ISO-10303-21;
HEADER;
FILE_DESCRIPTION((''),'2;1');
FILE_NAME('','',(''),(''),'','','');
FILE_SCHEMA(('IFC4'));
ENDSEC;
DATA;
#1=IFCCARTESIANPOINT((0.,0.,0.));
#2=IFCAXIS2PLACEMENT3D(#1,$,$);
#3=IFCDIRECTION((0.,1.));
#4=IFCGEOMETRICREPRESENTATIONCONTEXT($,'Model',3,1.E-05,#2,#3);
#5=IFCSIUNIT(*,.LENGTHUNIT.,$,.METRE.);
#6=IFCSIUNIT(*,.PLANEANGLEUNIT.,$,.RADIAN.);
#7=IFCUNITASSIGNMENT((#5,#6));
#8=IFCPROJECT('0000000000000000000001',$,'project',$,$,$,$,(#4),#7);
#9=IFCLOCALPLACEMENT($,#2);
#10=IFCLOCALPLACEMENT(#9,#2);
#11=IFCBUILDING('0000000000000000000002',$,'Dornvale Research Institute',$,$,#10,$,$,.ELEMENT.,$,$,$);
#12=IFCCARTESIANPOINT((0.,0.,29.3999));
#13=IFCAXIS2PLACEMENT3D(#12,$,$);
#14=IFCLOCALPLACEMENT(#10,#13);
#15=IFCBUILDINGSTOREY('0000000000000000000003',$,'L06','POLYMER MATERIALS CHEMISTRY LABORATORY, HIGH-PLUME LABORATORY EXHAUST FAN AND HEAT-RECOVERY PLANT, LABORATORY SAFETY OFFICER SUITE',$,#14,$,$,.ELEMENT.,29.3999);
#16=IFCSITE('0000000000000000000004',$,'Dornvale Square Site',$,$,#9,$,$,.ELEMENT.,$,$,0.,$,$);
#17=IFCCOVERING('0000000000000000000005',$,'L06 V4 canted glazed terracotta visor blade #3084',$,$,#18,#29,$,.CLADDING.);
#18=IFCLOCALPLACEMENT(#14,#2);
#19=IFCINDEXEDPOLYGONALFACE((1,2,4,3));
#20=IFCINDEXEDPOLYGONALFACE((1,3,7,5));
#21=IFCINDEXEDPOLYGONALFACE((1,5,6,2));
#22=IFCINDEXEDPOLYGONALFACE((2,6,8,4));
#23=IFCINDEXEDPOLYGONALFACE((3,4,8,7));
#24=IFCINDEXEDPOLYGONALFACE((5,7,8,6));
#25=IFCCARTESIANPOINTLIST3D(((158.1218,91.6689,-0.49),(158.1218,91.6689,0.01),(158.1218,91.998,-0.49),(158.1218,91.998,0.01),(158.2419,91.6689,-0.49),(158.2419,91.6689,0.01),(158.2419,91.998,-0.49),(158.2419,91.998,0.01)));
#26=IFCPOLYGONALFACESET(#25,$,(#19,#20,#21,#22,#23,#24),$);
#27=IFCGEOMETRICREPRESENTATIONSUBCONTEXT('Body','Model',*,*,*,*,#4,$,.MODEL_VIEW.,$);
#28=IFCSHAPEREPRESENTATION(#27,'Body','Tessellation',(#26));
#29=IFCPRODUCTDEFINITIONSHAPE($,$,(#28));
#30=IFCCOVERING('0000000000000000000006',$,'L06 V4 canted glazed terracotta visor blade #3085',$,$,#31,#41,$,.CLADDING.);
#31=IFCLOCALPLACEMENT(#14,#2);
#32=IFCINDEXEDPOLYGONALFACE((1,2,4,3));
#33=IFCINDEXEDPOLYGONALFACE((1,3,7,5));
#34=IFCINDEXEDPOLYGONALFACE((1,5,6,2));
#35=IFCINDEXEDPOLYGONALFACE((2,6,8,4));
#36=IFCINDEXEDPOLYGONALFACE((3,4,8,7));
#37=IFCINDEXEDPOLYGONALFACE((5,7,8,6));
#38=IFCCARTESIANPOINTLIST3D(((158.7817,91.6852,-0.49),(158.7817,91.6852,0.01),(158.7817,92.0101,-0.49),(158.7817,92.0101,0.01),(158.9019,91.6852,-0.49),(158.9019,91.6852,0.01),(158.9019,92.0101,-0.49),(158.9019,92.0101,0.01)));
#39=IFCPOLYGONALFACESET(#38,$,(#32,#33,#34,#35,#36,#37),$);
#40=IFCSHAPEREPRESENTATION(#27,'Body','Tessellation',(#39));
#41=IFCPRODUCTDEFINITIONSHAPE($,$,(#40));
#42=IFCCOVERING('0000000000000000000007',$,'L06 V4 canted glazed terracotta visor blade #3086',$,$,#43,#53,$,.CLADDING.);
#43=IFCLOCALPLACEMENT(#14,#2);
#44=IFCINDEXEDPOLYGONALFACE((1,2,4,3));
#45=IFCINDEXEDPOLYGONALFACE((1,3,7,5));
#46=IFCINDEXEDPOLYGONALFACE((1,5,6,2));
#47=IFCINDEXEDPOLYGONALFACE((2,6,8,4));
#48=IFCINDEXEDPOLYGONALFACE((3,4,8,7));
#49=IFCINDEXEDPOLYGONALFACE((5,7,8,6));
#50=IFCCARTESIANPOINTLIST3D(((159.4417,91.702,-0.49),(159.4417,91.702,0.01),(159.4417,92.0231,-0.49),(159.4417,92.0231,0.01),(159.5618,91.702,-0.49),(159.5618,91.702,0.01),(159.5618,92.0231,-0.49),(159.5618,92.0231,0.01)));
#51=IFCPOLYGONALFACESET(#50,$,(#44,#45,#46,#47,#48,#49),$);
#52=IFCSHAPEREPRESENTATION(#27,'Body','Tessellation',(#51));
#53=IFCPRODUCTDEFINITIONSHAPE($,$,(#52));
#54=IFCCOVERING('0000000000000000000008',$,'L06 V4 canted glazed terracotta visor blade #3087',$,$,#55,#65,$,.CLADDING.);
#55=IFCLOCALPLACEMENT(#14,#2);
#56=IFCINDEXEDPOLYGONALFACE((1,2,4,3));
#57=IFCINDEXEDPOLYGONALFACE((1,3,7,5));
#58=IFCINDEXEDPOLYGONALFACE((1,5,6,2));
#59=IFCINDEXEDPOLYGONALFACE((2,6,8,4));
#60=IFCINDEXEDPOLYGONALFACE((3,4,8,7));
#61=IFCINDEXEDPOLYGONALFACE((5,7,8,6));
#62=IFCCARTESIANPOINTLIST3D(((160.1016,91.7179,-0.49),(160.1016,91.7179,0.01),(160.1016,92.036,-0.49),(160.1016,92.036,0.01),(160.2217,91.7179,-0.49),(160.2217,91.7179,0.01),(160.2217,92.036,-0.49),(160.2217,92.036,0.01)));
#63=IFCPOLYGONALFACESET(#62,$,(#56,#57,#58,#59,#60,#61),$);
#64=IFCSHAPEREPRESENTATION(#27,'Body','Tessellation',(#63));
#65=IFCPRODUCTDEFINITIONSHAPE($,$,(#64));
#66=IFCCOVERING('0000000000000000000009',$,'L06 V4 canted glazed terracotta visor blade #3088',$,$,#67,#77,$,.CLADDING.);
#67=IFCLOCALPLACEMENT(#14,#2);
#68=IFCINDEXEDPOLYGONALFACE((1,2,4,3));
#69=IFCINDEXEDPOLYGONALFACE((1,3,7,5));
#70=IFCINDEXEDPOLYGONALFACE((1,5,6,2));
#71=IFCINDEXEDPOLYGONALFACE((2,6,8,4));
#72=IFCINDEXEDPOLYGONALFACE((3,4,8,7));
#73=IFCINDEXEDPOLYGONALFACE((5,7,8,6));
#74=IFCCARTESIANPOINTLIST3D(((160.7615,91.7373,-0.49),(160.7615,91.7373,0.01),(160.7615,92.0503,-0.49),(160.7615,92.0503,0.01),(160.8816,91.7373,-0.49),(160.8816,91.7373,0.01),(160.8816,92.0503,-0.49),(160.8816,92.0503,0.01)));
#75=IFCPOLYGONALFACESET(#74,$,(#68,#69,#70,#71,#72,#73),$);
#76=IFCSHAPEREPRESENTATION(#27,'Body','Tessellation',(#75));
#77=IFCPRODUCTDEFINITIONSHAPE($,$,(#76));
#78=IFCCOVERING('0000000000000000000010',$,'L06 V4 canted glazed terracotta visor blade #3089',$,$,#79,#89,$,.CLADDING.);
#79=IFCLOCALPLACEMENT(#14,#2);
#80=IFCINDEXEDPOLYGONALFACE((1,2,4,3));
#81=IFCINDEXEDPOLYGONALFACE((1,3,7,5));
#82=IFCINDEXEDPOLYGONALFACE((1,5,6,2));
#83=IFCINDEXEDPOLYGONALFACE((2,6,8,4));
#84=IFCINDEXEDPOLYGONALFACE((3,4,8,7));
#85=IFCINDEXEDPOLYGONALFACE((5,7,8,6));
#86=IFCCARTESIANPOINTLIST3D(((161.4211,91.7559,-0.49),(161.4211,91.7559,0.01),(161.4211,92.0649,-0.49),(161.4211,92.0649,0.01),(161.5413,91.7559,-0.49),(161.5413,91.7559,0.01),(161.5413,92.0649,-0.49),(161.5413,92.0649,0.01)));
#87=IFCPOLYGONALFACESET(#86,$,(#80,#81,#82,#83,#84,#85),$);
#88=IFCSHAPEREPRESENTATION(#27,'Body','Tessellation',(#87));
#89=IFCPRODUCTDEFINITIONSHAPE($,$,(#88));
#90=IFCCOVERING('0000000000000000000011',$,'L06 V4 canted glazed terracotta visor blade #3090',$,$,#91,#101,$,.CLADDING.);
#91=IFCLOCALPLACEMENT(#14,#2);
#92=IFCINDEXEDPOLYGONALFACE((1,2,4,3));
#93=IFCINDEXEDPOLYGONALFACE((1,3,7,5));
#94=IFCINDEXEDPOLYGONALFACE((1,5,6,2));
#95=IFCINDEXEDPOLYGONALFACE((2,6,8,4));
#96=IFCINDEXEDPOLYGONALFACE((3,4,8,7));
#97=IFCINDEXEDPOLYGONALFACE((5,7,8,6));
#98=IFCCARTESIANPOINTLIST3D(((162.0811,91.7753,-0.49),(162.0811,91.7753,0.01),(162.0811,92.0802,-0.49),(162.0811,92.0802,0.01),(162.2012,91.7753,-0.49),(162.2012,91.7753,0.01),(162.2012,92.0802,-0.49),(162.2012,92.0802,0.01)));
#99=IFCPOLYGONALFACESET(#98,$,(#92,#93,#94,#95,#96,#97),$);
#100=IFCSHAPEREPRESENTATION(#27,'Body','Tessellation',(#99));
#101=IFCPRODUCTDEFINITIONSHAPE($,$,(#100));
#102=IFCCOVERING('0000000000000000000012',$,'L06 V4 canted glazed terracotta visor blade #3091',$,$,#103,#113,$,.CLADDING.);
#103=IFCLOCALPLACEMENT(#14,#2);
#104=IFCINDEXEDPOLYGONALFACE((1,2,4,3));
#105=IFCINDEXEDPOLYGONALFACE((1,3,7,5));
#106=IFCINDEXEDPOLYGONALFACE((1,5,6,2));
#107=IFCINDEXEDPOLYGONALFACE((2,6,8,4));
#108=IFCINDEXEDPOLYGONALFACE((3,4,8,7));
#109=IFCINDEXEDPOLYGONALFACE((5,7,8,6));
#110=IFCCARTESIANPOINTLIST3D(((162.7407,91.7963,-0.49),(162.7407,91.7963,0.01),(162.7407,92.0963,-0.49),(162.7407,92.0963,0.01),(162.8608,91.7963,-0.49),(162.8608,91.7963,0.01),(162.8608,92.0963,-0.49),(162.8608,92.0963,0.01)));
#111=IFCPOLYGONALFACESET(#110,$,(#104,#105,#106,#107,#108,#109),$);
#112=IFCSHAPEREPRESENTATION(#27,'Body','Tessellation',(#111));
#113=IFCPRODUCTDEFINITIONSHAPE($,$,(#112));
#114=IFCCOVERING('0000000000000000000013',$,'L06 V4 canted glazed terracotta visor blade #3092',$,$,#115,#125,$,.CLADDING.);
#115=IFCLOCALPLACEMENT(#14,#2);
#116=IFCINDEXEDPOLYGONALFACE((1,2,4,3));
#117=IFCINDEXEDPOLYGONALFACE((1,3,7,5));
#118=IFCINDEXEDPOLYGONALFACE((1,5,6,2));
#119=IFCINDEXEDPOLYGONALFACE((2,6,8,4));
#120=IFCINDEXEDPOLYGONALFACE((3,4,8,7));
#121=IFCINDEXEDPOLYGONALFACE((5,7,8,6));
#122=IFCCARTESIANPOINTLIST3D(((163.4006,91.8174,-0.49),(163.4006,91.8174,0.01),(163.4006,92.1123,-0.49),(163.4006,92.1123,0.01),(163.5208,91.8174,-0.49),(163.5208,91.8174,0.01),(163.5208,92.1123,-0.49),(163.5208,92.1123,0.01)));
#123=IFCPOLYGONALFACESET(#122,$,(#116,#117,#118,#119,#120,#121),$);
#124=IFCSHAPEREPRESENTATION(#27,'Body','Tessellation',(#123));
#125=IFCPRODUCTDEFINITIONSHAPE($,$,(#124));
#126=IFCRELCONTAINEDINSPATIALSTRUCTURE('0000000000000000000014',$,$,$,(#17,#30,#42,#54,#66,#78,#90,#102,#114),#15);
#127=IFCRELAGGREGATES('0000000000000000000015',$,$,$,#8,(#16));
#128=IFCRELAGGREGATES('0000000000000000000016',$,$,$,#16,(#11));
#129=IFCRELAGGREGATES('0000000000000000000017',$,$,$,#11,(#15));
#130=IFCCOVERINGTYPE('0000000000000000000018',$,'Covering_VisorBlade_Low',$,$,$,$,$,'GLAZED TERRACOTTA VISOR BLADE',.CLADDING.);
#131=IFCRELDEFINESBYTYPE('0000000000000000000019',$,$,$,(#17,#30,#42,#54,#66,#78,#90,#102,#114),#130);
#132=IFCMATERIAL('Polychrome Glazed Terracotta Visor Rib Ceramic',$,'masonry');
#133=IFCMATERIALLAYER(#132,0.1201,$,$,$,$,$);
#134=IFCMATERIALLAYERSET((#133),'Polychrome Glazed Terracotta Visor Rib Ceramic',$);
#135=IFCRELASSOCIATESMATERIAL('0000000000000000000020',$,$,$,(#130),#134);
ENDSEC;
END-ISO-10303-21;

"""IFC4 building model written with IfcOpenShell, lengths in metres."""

from ifc_helpers import new_model, si_unit, direction, frame, origin, origin_2d, place, context, subcontext, project, spatial, rectangle, extrude, material, layer, layer_set, type_object, element, save


model = new_model("IFC4")

# Units and contexts
model_context = context("Model", 3, precision=1e-05, world=origin(), true_north=direction((0.0, 1.0)))
body_context = subcontext(model_context, "Body", "Model", "MODEL_VIEW")
ifc_project = project(units=[si_unit("LENGTHUNIT", "METRE"), si_unit("PLANEANGLEUNIT", "RADIAN")], contexts=[model_context])

# Site, building, storey
site_placement = place(None, origin())
site = spatial("IfcSite", under=ifc_project, at=site_placement, Name="Dornvale Square Site", CompositionType="ELEMENT", RefElevation=0.0)
building_placement = place(site_placement, origin())
building = spatial("IfcBuilding", under=site, at=building_placement, Name="Dornvale Research Institute", CompositionType="ELEMENT")
storey_placement = place(building_placement, frame((0.0, 0.0, 29.3999)))
storey = spatial("IfcBuildingStorey", under=building, at=storey_placement, Name="L06", Description="POLYMER MATERIALS CHEMISTRY LABORATORY, HIGH-PLUME LABORATORY EXHAUST FAN AND HEAT-RECOVERY PLANT, LABORATORY SAFETY OFFICER SUITE", CompositionType="ELEMENT", Elevation=29.3999)

# Coverings
ifc_material_1 = material(Name="Polychrome Glazed Terracotta Visor Rib Ceramic", Category="masonry")
ifc_layer_1 = layer(ifc_material_1, 0.1201)
ifc_layer_set_1 = layer_set([ifc_layer_1], Name="Polychrome Glazed Terracotta Visor Rib Ceramic")
covering_type = type_object("IfcCoveringType", Name="Covering_VisorBlade_Low", ElementType="GLAZED TERRACOTTA VISOR BLADE", PredefinedType="CLADDING", material=ifc_layer_set_1)
covering_1_placement = place(storey_placement, frame((158.1819, 91.8335, -0.49), z_axis=(0.0, 0.0, 1.0), x_axis=(0.0, 1.0, 0.0)))
element("IfcCovering", 1, at=covering_1_placement, inside=storey, type_object=covering_type, Name="L06 V4 canted glazed terracotta visor blade #3084", PredefinedType="CLADDING", context=body_context, shape_type="SweptSolid", body=[
    extrude(rectangle(XDim=0.3291, YDim=0.1201, at=origin_2d()), origin(), (0.0, 0.0, 1.0), 0.5),
])
covering_2_placement = place(storey_placement, frame((158.8418, 91.8477, -0.49), z_axis=(0.0, 0.0, 1.0), x_axis=(0.0, 1.0, 0.0)))
element("IfcCovering", 2, at=covering_2_placement, inside=storey, type_object=covering_type, Name="L06 V4 canted glazed terracotta visor blade #3085", PredefinedType="CLADDING", context=body_context, shape_type="SweptSolid", body=[
    extrude(rectangle(XDim=0.325, YDim=0.1201, at=origin_2d()), origin(), (0.0, 0.0, 1.0), 0.5),
])
covering_3_placement = place(storey_placement, frame((159.5017, 91.8625, -0.49), z_axis=(0.0, 0.0, 1.0), x_axis=(0.0, 1.0, 0.0)))
element("IfcCovering", 3, at=covering_3_placement, inside=storey, type_object=covering_type, Name="L06 V4 canted glazed terracotta visor blade #3086", PredefinedType="CLADDING", context=body_context, shape_type="SweptSolid", body=[
    extrude(rectangle(XDim=0.321, YDim=0.1201, at=origin_2d()), origin(), (0.0, 0.0, 1.0), 0.5),
])
covering_4_placement = place(storey_placement, frame((160.1616, 91.877, -0.49), z_axis=(0.0, 0.0, 1.0), x_axis=(0.0, 1.0, 0.0)))
element("IfcCovering", 4, at=covering_4_placement, inside=storey, type_object=covering_type, Name="L06 V4 canted glazed terracotta visor blade #3087", PredefinedType="CLADDING", context=body_context, shape_type="SweptSolid", body=[
    extrude(rectangle(XDim=0.3181, YDim=0.1201, at=origin_2d()), origin(), (0.0, 0.0, 1.0), 0.5),
])
covering_5_placement = place(storey_placement, frame((160.8215, 91.8938, -0.49), z_axis=(0.0, 0.0, 1.0), x_axis=(0.0, 1.0, 0.0)))
element("IfcCovering", 5, at=covering_5_placement, inside=storey, type_object=covering_type, Name="L06 V4 canted glazed terracotta visor blade #3088", PredefinedType="CLADDING", context=body_context, shape_type="SweptSolid", body=[
    extrude(rectangle(XDim=0.313, YDim=0.1201, at=origin_2d()), origin(), (0.0, 0.0, 1.0), 0.5),
])
covering_6_placement = place(storey_placement, frame((161.4812, 91.9104, -0.49), z_axis=(0.0, 0.0, 1.0), x_axis=(0.0, 1.0, 0.0)))
element("IfcCovering", 6, at=covering_6_placement, inside=storey, type_object=covering_type, Name="L06 V4 canted glazed terracotta visor blade #3089", PredefinedType="CLADDING", context=body_context, shape_type="SweptSolid", body=[
    extrude(rectangle(XDim=0.3091, YDim=0.1201, at=origin_2d()), origin(), (0.0, 0.0, 1.0), 0.5),
])
covering_7_placement = place(storey_placement, frame((162.1411, 91.9277, -0.49), z_axis=(0.0, 0.0, 1.0), x_axis=(0.0, 1.0, 0.0)))
element("IfcCovering", 7, at=covering_7_placement, inside=storey, type_object=covering_type, Name="L06 V4 canted glazed terracotta visor blade #3090", PredefinedType="CLADDING", context=body_context, shape_type="SweptSolid", body=[
    extrude(rectangle(XDim=0.3049, YDim=0.1201, at=origin_2d()), origin(), (0.0, 0.0, 1.0), 0.5),
])
covering_8_placement = place(storey_placement, frame((162.8008, 91.9463, -0.49), z_axis=(0.0, 0.0, 1.0), x_axis=(0.0, 1.0, 0.0)))
element("IfcCovering", 8, at=covering_8_placement, inside=storey, type_object=covering_type, Name="L06 V4 canted glazed terracotta visor blade #3091", PredefinedType="CLADDING", context=body_context, shape_type="SweptSolid", body=[
    extrude(rectangle(XDim=0.3, YDim=0.1201, at=origin_2d()), origin(), (0.0, 0.0, 1.0), 0.5),
])
covering_9_placement = place(storey_placement, frame((163.4607, 91.9648, -0.49), z_axis=(0.0, 0.0, 1.0), x_axis=(0.0, 1.0, 0.0)))
element("IfcCovering", 9, at=covering_9_placement, inside=storey, type_object=covering_type, Name="L06 V4 canted glazed terracotta visor blade #3092", PredefinedType="CLADDING", context=body_context, shape_type="SweptSolid", body=[
    extrude(rectangle(XDim=0.2949, YDim=0.1201, at=origin_2d()), origin(), (0.0, 0.0, 1.0), 0.5),
])

save(model, "model.ifc")
